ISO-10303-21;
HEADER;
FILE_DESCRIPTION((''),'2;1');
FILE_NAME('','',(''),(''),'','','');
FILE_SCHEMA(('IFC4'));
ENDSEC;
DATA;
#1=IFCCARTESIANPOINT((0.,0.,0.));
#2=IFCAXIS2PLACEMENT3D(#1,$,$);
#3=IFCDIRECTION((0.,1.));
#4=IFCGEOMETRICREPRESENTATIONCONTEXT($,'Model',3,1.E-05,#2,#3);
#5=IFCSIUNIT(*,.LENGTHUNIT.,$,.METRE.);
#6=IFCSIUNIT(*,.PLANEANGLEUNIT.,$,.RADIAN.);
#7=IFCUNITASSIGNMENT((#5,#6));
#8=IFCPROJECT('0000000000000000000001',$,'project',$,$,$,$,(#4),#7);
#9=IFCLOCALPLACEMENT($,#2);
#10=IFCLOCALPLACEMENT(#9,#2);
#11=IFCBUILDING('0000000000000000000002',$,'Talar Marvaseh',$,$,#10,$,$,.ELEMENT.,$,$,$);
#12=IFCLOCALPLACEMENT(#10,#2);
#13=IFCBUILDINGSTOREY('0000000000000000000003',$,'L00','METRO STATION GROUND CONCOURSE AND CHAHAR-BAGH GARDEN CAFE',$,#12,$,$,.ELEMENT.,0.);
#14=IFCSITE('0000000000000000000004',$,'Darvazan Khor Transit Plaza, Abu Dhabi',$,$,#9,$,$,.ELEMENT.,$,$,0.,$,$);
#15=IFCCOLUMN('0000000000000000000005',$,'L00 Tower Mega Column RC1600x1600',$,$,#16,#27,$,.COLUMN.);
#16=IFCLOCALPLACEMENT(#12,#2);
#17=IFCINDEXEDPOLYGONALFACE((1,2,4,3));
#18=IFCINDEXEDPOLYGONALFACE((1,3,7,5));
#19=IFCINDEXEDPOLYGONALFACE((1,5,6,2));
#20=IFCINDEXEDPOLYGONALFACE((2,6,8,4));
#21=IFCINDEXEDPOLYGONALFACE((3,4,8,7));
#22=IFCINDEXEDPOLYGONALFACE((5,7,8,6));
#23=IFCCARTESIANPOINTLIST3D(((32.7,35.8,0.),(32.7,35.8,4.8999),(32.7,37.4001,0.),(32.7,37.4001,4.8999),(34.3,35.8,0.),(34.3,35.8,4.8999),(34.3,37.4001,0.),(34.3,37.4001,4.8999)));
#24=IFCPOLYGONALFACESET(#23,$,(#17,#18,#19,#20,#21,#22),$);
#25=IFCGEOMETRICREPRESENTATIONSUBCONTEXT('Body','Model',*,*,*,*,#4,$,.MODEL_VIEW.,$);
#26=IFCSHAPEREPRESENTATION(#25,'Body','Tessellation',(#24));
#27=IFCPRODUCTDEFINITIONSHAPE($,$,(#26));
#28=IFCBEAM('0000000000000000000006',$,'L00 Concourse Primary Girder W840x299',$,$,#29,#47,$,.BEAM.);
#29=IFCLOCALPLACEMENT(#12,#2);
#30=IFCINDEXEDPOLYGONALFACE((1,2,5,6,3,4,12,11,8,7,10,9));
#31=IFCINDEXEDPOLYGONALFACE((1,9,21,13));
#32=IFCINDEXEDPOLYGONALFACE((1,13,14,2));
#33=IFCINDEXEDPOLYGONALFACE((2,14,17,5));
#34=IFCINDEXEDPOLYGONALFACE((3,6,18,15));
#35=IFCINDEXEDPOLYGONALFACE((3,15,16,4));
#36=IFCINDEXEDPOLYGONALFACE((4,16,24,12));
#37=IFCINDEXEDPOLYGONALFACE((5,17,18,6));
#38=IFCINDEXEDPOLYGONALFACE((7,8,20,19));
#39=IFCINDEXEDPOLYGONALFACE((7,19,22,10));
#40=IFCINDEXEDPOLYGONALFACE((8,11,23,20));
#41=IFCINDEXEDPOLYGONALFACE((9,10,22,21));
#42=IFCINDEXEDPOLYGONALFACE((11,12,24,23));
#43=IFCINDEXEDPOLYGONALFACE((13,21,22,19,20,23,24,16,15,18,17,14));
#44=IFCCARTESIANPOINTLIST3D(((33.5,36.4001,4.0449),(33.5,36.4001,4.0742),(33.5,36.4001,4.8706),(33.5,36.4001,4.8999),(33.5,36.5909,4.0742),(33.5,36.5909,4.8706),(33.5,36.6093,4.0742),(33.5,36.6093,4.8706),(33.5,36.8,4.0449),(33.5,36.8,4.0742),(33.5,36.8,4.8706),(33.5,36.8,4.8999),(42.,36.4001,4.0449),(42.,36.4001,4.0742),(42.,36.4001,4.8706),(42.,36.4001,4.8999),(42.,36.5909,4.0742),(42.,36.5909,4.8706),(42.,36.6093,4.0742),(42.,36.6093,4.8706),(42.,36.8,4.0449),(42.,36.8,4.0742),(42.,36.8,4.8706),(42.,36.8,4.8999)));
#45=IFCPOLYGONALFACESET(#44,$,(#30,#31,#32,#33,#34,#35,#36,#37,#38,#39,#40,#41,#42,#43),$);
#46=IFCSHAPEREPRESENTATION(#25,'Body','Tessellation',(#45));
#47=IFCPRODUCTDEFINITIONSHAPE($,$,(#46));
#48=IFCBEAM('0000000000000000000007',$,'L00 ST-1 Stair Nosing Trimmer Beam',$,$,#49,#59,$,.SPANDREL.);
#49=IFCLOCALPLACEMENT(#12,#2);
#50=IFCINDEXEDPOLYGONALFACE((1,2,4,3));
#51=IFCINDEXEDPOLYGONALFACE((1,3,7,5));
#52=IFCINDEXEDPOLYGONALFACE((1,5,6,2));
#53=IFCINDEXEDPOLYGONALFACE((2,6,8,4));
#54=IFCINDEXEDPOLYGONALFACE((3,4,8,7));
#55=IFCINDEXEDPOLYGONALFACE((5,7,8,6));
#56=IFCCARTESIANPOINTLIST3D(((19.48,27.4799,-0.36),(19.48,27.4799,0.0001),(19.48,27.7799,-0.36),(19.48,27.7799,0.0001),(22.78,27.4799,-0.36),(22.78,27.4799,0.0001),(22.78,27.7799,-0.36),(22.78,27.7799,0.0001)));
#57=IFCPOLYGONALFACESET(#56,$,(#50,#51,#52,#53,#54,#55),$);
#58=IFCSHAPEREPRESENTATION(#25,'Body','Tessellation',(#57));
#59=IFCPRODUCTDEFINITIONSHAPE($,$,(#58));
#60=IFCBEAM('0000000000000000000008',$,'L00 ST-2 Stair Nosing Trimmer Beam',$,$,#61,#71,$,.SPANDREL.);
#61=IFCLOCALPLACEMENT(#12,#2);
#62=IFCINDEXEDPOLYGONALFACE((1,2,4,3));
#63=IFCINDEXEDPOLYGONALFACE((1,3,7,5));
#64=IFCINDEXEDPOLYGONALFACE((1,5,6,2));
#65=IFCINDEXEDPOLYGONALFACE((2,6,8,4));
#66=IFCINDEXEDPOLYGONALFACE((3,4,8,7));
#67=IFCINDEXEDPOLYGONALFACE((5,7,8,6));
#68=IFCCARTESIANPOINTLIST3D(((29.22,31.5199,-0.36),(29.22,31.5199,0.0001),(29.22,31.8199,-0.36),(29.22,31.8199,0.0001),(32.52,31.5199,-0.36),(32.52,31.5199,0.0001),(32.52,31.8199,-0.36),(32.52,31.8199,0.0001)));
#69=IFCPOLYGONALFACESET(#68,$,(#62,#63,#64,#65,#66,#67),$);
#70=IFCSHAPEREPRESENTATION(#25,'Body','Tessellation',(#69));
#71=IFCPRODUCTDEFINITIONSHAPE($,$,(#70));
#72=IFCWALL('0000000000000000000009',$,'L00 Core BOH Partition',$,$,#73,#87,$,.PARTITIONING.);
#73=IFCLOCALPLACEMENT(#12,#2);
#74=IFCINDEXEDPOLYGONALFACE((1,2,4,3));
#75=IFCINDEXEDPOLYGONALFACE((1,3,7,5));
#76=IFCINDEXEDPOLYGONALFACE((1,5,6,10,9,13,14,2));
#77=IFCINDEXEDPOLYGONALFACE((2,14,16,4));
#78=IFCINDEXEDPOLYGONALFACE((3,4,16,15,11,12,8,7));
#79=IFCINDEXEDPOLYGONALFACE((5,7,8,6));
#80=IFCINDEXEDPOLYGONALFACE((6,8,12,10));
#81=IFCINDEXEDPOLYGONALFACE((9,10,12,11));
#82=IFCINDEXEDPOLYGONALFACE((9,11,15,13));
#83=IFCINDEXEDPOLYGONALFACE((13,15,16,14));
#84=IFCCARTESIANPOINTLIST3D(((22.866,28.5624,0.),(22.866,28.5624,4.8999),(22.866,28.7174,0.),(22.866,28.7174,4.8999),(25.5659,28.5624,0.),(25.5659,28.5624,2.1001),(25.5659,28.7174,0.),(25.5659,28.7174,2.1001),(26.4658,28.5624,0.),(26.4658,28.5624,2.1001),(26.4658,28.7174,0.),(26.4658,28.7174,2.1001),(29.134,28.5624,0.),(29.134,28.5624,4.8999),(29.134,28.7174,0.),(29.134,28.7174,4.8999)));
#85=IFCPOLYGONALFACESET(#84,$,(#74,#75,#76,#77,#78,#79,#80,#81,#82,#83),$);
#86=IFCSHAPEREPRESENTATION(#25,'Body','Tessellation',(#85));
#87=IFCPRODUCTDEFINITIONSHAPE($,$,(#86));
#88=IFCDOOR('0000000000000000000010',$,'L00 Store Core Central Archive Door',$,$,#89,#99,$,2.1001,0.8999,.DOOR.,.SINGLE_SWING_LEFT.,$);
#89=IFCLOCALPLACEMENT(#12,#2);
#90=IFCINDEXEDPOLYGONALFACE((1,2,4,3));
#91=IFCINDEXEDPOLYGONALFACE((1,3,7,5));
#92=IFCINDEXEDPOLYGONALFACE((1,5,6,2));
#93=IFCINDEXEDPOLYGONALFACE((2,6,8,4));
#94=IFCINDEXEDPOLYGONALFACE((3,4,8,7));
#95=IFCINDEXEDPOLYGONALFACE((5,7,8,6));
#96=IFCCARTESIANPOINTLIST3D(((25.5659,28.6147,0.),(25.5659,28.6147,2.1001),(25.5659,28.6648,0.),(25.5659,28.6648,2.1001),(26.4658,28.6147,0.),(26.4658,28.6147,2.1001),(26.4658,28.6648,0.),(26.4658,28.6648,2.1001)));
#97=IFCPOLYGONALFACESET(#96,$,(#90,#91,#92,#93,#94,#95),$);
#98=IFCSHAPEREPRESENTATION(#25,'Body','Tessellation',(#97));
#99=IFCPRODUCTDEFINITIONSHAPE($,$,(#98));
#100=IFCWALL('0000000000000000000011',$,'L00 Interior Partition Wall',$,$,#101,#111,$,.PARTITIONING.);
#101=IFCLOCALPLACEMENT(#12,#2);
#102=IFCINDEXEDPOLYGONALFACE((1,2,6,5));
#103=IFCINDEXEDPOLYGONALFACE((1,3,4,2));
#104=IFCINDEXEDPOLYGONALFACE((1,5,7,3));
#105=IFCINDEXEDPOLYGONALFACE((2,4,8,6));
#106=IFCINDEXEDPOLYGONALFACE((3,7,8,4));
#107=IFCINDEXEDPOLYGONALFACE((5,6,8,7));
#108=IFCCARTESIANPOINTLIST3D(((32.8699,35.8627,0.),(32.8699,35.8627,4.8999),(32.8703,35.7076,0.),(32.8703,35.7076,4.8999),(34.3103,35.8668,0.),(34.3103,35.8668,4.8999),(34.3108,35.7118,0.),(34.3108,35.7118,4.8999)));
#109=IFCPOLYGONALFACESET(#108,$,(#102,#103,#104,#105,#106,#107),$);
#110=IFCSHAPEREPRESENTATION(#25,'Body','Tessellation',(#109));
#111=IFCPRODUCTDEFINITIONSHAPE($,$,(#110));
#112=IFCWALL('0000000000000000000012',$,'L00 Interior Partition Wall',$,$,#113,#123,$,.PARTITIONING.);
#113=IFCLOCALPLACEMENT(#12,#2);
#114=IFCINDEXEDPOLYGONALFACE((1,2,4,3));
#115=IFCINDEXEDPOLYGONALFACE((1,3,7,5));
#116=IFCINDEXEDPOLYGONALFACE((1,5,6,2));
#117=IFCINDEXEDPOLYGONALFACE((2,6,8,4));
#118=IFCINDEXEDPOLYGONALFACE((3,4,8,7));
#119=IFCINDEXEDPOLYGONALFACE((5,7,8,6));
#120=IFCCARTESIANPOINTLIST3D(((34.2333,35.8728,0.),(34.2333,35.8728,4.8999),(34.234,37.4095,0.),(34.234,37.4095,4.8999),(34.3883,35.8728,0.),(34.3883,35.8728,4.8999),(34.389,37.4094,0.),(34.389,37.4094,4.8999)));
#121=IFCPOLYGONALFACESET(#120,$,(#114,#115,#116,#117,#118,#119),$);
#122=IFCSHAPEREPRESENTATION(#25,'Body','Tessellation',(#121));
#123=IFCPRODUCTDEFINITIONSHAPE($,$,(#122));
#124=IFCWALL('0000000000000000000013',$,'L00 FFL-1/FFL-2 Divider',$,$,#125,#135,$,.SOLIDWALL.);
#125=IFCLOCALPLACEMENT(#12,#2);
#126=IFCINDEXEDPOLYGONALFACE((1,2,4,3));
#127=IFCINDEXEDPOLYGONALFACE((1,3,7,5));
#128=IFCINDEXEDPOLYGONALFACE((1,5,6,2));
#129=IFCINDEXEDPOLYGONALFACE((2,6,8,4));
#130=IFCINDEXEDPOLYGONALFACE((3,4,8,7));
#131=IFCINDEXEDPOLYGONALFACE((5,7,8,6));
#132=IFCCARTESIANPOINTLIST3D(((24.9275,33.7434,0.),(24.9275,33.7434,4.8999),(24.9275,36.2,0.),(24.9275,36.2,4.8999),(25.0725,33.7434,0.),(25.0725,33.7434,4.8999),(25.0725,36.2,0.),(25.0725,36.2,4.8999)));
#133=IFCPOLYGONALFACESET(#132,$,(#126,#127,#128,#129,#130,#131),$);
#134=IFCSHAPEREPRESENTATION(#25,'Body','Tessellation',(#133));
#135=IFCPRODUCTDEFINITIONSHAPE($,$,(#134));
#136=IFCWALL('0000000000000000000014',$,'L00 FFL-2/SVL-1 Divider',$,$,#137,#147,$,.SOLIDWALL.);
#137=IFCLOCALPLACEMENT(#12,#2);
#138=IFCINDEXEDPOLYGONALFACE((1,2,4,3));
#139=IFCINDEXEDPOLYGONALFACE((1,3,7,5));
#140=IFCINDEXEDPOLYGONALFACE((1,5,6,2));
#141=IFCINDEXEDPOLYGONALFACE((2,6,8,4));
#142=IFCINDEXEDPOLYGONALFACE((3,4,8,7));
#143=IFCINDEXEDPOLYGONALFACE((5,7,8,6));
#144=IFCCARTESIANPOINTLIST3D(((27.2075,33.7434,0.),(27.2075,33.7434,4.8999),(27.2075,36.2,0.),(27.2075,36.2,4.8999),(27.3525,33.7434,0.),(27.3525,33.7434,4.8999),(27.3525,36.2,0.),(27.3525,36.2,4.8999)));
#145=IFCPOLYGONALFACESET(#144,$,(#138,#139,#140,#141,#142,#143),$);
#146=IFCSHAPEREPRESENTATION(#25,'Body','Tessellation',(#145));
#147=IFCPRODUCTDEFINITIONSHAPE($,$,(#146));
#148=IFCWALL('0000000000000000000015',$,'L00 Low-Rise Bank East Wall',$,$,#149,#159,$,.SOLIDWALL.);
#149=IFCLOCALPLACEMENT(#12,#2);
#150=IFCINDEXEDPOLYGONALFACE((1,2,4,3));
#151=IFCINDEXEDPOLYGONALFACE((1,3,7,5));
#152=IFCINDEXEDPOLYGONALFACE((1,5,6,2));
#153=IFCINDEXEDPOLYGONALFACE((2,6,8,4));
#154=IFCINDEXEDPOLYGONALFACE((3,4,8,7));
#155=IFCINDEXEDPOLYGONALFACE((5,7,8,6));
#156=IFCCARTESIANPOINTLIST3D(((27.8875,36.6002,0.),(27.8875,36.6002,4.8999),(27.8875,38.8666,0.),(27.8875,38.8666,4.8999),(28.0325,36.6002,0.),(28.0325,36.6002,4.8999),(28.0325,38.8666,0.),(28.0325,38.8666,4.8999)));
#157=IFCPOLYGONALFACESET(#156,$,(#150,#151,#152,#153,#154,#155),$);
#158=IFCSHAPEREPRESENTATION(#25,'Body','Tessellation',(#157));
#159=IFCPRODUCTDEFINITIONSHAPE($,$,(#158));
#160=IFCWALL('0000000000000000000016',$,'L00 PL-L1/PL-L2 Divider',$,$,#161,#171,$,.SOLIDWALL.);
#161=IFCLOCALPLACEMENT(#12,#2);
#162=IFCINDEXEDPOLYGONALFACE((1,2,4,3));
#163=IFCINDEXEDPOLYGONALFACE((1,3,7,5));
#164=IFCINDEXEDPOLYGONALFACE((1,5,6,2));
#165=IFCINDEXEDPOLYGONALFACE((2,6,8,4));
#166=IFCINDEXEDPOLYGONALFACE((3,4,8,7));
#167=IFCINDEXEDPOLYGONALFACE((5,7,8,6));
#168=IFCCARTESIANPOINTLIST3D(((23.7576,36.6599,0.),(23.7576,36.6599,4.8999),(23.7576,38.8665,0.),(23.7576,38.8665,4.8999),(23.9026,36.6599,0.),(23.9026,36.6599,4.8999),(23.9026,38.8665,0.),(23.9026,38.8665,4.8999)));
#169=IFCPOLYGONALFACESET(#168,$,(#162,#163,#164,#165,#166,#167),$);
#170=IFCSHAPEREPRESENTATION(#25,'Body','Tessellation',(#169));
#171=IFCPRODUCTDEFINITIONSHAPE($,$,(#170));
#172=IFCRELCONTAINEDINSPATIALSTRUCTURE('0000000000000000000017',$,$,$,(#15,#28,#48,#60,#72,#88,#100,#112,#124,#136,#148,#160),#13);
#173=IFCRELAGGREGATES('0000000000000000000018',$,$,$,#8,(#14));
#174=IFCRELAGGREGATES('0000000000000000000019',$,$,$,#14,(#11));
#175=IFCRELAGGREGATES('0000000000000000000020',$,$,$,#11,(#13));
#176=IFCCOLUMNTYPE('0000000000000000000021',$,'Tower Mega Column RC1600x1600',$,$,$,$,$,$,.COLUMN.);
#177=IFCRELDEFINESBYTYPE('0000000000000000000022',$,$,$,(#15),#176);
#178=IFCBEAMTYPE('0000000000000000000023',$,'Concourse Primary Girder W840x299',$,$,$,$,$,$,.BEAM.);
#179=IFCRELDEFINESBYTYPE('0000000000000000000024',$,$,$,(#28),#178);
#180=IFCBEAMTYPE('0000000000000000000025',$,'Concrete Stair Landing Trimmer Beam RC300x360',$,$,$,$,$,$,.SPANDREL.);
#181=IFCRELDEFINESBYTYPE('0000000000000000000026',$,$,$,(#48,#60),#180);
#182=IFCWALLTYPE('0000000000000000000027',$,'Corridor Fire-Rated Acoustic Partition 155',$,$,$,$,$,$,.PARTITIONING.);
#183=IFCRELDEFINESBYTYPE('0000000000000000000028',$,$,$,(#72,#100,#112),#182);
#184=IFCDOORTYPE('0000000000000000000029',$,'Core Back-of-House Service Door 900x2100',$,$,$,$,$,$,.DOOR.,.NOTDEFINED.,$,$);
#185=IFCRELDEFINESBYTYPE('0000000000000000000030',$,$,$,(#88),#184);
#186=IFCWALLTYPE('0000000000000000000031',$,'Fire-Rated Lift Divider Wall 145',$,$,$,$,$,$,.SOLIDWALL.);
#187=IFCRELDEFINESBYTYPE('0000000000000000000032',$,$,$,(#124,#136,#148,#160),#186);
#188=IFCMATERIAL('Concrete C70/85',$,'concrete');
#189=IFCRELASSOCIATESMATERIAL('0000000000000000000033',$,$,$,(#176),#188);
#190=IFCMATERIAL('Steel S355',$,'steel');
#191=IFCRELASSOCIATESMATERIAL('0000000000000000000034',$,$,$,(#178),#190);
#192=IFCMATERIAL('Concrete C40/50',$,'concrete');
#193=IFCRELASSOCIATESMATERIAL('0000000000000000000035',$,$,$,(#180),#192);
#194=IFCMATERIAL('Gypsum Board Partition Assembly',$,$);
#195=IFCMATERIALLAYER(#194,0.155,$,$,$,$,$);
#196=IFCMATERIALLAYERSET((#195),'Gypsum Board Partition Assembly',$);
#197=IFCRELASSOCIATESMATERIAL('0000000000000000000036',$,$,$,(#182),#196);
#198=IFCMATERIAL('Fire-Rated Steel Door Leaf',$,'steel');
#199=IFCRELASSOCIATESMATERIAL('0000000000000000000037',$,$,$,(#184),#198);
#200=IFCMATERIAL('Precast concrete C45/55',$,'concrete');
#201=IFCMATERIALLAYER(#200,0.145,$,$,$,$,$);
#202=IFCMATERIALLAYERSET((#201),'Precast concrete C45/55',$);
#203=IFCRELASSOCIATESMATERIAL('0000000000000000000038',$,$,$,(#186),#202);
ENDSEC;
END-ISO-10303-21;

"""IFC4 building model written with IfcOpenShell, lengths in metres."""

from ifc_helpers import new_model, si_unit, direction, frame, frame_2d, origin, origin_2d, place, context, subcontext, project, spatial, rectangle, i_section, extrude, source, transform, mapped, material, layer, layer_set, material_profile, profile_set, type_object, type_shapes, element, fill, save


model = new_model("IFC4")

# Units and contexts
model_context = context("Model", 3, precision=1e-05, world=origin(), true_north=direction((0.0, 1.0)))
body_context = subcontext(model_context, "Body", "Model", "MODEL_VIEW")
ifc_project = project(units=[si_unit("LENGTHUNIT", "METRE"), si_unit("PLANEANGLEUNIT", "RADIAN")], contexts=[model_context])

# Site, building, storey
site_placement = place(None, origin())
site = spatial("IfcSite", under=ifc_project, at=site_placement, Name="Darvazan Khor Transit Plaza, Abu Dhabi", CompositionType="ELEMENT", RefElevation=0.0)
building_placement = place(site_placement, origin())
building = spatial("IfcBuilding", under=site, at=building_placement, Name="Talar Marvaseh", CompositionType="ELEMENT")
storey_placement = place(building_placement, origin())
storey = spatial("IfcBuildingStorey", under=building, at=storey_placement, Name="L00", Description="METRO STATION GROUND CONCOURSE AND CHAHAR-BAGH GARDEN CAFE", CompositionType="ELEMENT", Elevation=0.0)

# Column
ifc_material_1 = material(Name="Concrete C70/85", Category="concrete")
ifc_material_profile_1 = material_profile(ifc_material_1, rectangle(XDim=1.6001, YDim=1.6001, at=origin_2d()), Name="RC1600x1600")
ifc_profile_set_1 = profile_set([ifc_material_profile_1], Name="Concrete C70/85")
column_type = type_object("IfcColumnType", Name="Tower Mega Column RC1600x1600", PredefinedType="COLUMN", material=ifc_profile_set_1)
column_placement = place(storey_placement, frame((33.5, 36.6001, 0.0), z_axis=(0.0, 0.0, 1.0), x_axis=(1.0, 0.0, 0.0)))
element("IfcColumn", 1, at=column_placement, inside=storey, type_object=column_type, Name="L00 Tower Mega Column RC1600x1600", PredefinedType="COLUMN", context=body_context, shape_type="SweptSolid", body=[
    extrude(rectangle(XDim=1.6001, YDim=1.6001, at=origin_2d()), origin(), (0.0, 0.0, 1.0), 4.8999),
])

# Beams
ifc_material_2 = material(Name="Steel S355", Category="steel")
ifc_material_profile_2 = material_profile(ifc_material_2, i_section(OverallWidth=0.3999, OverallDepth=0.855, WebThickness=0.0183, FlangeThickness=0.0293, at=origin_2d()), Name="W840x299")
ifc_profile_set_2 = profile_set([ifc_material_profile_2], Name="Steel S355")
beam_type_1 = type_object("IfcBeamType", Name="Concourse Primary Girder W840x299", PredefinedType="BEAM", material=ifc_profile_set_2)
beam_placement = place(storey_placement, frame((33.5, 36.6001, 4.4724), z_axis=(1.0, 0.0, 0.0), x_axis=(0.0, 1.0, 0.0)))
element("IfcBeam", 2, at=beam_placement, inside=storey, type_object=beam_type_1, Name="L00 Concourse Primary Girder W840x299", PredefinedType="BEAM", context=body_context, shape_type="SweptSolid", body=[
    extrude(i_section(OverallWidth=0.3999, OverallDepth=0.855, WebThickness=0.0183, FlangeThickness=0.0293, at=origin_2d()), origin(), (0.0, 0.0, 1.0), 8.5),
])
ifc_material_3 = material(Name="Concrete C40/50", Category="concrete")
ifc_material_profile_3 = material_profile(ifc_material_3, rectangle(XDim=0.3, YDim=0.3601, at=origin_2d()), Name="RC300x360")
ifc_profile_set_3 = profile_set([ifc_material_profile_3], Name="Concrete C40/50")
beam_type_2 = type_object("IfcBeamType", Name="Concrete Stair Landing Trimmer Beam RC300x360", PredefinedType="SPANDREL", material=ifc_profile_set_3)
for number, where, z_axis, x_axis, name in (
    (3, (22.78, 27.6299, -0.1799), (-1.0, 0.0, 0.0), (0.0, -1.0, 0.0), "L00 ST-1 Stair Nosing Trimmer Beam"),
    (4, (29.22, 31.6699, -0.1799), (1.0, 0.0, 0.0), (0.0, 1.0, 0.0), "L00 ST-2 Stair Nosing Trimmer Beam"),
):
    element("IfcBeam", number, at=place(storey_placement, frame(where, z_axis=z_axis, x_axis=x_axis)), inside=storey, type_object=beam_type_2, Name=name, PredefinedType="SPANDREL", context=body_context, shape_type="SweptSolid", body=[
        extrude(rectangle(XDim=0.3, YDim=0.3601, at=origin_2d()), origin(), (0.0, 0.0, 1.0), 3.3),
    ])

# Wall, opening, door
ifc_material_4 = material(Name="Gypsum Board Partition Assembly")
ifc_layer_1 = layer(ifc_material_4, 0.155)
ifc_layer_set_1 = layer_set([ifc_layer_1], Name="Gypsum Board Partition Assembly")
wall_type_1 = type_object("IfcWallType", Name="Corridor Fire-Rated Acoustic Partition 155", PredefinedType="PARTITIONING", material=ifc_layer_set_1)
wall_1_placement = place(storey_placement, frame((22.866, 28.6399, 0.0), z_axis=(0.0, 0.0, 1.0), x_axis=(1.0, 0.0, 0.0)))
wall_1 = element("IfcWall", 5, at=wall_1_placement, inside=storey, type_object=wall_type_1, Name="L00 Core BOH Partition", PredefinedType="PARTITIONING", context=body_context, shape_type="SweptSolid", body=[
    extrude(rectangle(XDim=6.2681, YDim=0.155, at=frame_2d((3.134, 0.0))), origin(), (0.0, 0.0, 1.0), 4.8999),
])
opening_1_placement = place(wall_1_placement, frame((2.7, 0.0, 0.0)))
opening_1 = element("IfcOpeningElement", 6, at=opening_1_placement, cuts=wall_1, PredefinedType="OPENING", context=body_context, shape_type="SweptSolid", body=[
    extrude(rectangle(XDim=0.8999, YDim=2.1001, at=frame_2d((0.45, 1.05))), frame((0.0, 0.0874, 0.0), z_axis=(0.0, -1.0, 0.0), x_axis=(1.0, 0.0, 0.0)), (0.0, 0.0, 1.0), 0.175),
])
ifc_material_5 = material(Name="Fire-Rated Steel Door Leaf", Category="steel")
door_type_1 = type_object("IfcDoorType", Name="Core Back-of-House Service Door 900x2100", OperationType="NOTDEFINED", PredefinedType="DOOR", material=ifc_material_5)
shared_shape_1 = source(origin(), body_context, "Body", "SweptSolid", [
    extrude(rectangle(XDim=0.8999, YDim=2.1001, at=frame_2d((0.45, 1.05))), frame((0.0, 0.0249, 0.0), z_axis=(0.0, -1.0, 0.0), x_axis=(1.0, 0.0, 0.0)), (0.0, 0.0, 1.0), 0.05),
])
type_shapes(door_type_1, [shared_shape_1])
door_1_placement = place(opening_1_placement, origin())
door_1 = element("IfcDoor", 7, at=door_1_placement, inside=storey, type_object=door_type_1, Name="L00 Store Core Central Archive Door", OperationType="SINGLE_SWING_LEFT", OverallHeight=2.1001, OverallWidth=0.8999, PredefinedType="DOOR", context=body_context, shape_type="MappedRepresentation", body=[
    mapped(shared_shape_1, transform((0.0, 0.0, 0.0), x_axis=(1.0, 0.0, 0.0), y_axis=(0.0, 1.0, 0.0), z_axis=(0.0, 0.0, 1.0), scale=1.0)),
])
fill(opening_1, door_1)

# Walls
wall_2_placement = place(storey_placement, frame((32.8701, 35.7852, 0.0), z_axis=(0.0, 0.0, 1.0), x_axis=(0.999996, 0.002881, 0.0)))
element("IfcWall", 8, at=wall_2_placement, inside=storey, type_object=wall_type_1, Name="L00 Interior Partition Wall", PredefinedType="PARTITIONING", context=body_context, shape_type="SweptSolid", body=[
    extrude(rectangle(XDim=1.4404, YDim=0.155, at=frame_2d((0.7202, 0.0))), origin(), (0.0, 0.0, 1.0), 4.8999),
])
wall_3_placement = place(storey_placement, frame((34.3108, 35.8728, 0.0), z_axis=(0.0, 0.0, 1.0), x_axis=(0.000477, 1.0, 0.0)))
element("IfcWall", 9, at=wall_3_placement, inside=storey, type_object=wall_type_1, Name="L00 Interior Partition Wall", PredefinedType="PARTITIONING", context=body_context, shape_type="SweptSolid", body=[
    extrude(rectangle(XDim=1.5366, YDim=0.155, at=frame_2d((0.7683, 0.0))), origin(), (0.0, 0.0, 1.0), 4.8999),
])
ifc_material_6 = material(Name="Precast concrete C45/55", Category="concrete")
ifc_layer_2 = layer(ifc_material_6, 0.145)
ifc_layer_set_2 = layer_set([ifc_layer_2], Name="Precast concrete C45/55")
wall_type_2 = type_object("IfcWallType", Name="Fire-Rated Lift Divider Wall 145", PredefinedType="SOLIDWALL", material=ifc_layer_set_2)
for number, where, z_axis, x_axis, name in (
    (10, (25.0, 33.7434, 0.0), (0.0, 0.0, 1.0), (0.0, 1.0, 0.0), "L00 FFL-1/FFL-2 Divider"),
    (11, (27.28, 33.7434, 0.0), (0.0, 0.0, 1.0), (0.0, 1.0, 0.0), "L00 FFL-2/SVL-1 Divider"),
):
    element("IfcWall", number, at=place(storey_placement, frame(where, z_axis=z_axis, x_axis=x_axis)), inside=storey, type_object=wall_type_2, Name=name, PredefinedType="SOLIDWALL", context=body_context, shape_type="SweptSolid", body=[
        extrude(rectangle(XDim=2.4565, YDim=0.145, at=frame_2d((1.2283, 0.0))), origin(), (0.0, 0.0, 1.0), 4.8999),
    ])
wall_4_placement = place(storey_placement, frame((27.96, 36.6001, 0.0), z_axis=(0.0, 0.0, 1.0), x_axis=(0.0, 1.0, 0.0)))
element("IfcWall", 12, at=wall_4_placement, inside=storey, type_object=wall_type_2, Name="L00 Low-Rise Bank East Wall", PredefinedType="SOLIDWALL", context=body_context, shape_type="SweptSolid", body=[
    extrude(rectangle(XDim=2.2664, YDim=0.145, at=frame_2d((1.1333, 0.0))), origin(), (0.0, 0.0, 1.0), 4.8999),
])
wall_5_placement = place(storey_placement, frame((23.8301, 36.6599, 0.0), z_axis=(0.0, 0.0, 1.0), x_axis=(0.0, 1.0, 0.0)))
element("IfcWall", 13, at=wall_5_placement, inside=storey, type_object=wall_type_2, Name="L00 PL-L1/PL-L2 Divider", PredefinedType="SOLIDWALL", context=body_context, shape_type="SweptSolid", body=[
    extrude(rectangle(XDim=2.2065, YDim=0.145, at=frame_2d((1.1033, 0.0))), origin(), (0.0, 0.0, 1.0), 4.8999),
])

save(model, "model.ifc")
